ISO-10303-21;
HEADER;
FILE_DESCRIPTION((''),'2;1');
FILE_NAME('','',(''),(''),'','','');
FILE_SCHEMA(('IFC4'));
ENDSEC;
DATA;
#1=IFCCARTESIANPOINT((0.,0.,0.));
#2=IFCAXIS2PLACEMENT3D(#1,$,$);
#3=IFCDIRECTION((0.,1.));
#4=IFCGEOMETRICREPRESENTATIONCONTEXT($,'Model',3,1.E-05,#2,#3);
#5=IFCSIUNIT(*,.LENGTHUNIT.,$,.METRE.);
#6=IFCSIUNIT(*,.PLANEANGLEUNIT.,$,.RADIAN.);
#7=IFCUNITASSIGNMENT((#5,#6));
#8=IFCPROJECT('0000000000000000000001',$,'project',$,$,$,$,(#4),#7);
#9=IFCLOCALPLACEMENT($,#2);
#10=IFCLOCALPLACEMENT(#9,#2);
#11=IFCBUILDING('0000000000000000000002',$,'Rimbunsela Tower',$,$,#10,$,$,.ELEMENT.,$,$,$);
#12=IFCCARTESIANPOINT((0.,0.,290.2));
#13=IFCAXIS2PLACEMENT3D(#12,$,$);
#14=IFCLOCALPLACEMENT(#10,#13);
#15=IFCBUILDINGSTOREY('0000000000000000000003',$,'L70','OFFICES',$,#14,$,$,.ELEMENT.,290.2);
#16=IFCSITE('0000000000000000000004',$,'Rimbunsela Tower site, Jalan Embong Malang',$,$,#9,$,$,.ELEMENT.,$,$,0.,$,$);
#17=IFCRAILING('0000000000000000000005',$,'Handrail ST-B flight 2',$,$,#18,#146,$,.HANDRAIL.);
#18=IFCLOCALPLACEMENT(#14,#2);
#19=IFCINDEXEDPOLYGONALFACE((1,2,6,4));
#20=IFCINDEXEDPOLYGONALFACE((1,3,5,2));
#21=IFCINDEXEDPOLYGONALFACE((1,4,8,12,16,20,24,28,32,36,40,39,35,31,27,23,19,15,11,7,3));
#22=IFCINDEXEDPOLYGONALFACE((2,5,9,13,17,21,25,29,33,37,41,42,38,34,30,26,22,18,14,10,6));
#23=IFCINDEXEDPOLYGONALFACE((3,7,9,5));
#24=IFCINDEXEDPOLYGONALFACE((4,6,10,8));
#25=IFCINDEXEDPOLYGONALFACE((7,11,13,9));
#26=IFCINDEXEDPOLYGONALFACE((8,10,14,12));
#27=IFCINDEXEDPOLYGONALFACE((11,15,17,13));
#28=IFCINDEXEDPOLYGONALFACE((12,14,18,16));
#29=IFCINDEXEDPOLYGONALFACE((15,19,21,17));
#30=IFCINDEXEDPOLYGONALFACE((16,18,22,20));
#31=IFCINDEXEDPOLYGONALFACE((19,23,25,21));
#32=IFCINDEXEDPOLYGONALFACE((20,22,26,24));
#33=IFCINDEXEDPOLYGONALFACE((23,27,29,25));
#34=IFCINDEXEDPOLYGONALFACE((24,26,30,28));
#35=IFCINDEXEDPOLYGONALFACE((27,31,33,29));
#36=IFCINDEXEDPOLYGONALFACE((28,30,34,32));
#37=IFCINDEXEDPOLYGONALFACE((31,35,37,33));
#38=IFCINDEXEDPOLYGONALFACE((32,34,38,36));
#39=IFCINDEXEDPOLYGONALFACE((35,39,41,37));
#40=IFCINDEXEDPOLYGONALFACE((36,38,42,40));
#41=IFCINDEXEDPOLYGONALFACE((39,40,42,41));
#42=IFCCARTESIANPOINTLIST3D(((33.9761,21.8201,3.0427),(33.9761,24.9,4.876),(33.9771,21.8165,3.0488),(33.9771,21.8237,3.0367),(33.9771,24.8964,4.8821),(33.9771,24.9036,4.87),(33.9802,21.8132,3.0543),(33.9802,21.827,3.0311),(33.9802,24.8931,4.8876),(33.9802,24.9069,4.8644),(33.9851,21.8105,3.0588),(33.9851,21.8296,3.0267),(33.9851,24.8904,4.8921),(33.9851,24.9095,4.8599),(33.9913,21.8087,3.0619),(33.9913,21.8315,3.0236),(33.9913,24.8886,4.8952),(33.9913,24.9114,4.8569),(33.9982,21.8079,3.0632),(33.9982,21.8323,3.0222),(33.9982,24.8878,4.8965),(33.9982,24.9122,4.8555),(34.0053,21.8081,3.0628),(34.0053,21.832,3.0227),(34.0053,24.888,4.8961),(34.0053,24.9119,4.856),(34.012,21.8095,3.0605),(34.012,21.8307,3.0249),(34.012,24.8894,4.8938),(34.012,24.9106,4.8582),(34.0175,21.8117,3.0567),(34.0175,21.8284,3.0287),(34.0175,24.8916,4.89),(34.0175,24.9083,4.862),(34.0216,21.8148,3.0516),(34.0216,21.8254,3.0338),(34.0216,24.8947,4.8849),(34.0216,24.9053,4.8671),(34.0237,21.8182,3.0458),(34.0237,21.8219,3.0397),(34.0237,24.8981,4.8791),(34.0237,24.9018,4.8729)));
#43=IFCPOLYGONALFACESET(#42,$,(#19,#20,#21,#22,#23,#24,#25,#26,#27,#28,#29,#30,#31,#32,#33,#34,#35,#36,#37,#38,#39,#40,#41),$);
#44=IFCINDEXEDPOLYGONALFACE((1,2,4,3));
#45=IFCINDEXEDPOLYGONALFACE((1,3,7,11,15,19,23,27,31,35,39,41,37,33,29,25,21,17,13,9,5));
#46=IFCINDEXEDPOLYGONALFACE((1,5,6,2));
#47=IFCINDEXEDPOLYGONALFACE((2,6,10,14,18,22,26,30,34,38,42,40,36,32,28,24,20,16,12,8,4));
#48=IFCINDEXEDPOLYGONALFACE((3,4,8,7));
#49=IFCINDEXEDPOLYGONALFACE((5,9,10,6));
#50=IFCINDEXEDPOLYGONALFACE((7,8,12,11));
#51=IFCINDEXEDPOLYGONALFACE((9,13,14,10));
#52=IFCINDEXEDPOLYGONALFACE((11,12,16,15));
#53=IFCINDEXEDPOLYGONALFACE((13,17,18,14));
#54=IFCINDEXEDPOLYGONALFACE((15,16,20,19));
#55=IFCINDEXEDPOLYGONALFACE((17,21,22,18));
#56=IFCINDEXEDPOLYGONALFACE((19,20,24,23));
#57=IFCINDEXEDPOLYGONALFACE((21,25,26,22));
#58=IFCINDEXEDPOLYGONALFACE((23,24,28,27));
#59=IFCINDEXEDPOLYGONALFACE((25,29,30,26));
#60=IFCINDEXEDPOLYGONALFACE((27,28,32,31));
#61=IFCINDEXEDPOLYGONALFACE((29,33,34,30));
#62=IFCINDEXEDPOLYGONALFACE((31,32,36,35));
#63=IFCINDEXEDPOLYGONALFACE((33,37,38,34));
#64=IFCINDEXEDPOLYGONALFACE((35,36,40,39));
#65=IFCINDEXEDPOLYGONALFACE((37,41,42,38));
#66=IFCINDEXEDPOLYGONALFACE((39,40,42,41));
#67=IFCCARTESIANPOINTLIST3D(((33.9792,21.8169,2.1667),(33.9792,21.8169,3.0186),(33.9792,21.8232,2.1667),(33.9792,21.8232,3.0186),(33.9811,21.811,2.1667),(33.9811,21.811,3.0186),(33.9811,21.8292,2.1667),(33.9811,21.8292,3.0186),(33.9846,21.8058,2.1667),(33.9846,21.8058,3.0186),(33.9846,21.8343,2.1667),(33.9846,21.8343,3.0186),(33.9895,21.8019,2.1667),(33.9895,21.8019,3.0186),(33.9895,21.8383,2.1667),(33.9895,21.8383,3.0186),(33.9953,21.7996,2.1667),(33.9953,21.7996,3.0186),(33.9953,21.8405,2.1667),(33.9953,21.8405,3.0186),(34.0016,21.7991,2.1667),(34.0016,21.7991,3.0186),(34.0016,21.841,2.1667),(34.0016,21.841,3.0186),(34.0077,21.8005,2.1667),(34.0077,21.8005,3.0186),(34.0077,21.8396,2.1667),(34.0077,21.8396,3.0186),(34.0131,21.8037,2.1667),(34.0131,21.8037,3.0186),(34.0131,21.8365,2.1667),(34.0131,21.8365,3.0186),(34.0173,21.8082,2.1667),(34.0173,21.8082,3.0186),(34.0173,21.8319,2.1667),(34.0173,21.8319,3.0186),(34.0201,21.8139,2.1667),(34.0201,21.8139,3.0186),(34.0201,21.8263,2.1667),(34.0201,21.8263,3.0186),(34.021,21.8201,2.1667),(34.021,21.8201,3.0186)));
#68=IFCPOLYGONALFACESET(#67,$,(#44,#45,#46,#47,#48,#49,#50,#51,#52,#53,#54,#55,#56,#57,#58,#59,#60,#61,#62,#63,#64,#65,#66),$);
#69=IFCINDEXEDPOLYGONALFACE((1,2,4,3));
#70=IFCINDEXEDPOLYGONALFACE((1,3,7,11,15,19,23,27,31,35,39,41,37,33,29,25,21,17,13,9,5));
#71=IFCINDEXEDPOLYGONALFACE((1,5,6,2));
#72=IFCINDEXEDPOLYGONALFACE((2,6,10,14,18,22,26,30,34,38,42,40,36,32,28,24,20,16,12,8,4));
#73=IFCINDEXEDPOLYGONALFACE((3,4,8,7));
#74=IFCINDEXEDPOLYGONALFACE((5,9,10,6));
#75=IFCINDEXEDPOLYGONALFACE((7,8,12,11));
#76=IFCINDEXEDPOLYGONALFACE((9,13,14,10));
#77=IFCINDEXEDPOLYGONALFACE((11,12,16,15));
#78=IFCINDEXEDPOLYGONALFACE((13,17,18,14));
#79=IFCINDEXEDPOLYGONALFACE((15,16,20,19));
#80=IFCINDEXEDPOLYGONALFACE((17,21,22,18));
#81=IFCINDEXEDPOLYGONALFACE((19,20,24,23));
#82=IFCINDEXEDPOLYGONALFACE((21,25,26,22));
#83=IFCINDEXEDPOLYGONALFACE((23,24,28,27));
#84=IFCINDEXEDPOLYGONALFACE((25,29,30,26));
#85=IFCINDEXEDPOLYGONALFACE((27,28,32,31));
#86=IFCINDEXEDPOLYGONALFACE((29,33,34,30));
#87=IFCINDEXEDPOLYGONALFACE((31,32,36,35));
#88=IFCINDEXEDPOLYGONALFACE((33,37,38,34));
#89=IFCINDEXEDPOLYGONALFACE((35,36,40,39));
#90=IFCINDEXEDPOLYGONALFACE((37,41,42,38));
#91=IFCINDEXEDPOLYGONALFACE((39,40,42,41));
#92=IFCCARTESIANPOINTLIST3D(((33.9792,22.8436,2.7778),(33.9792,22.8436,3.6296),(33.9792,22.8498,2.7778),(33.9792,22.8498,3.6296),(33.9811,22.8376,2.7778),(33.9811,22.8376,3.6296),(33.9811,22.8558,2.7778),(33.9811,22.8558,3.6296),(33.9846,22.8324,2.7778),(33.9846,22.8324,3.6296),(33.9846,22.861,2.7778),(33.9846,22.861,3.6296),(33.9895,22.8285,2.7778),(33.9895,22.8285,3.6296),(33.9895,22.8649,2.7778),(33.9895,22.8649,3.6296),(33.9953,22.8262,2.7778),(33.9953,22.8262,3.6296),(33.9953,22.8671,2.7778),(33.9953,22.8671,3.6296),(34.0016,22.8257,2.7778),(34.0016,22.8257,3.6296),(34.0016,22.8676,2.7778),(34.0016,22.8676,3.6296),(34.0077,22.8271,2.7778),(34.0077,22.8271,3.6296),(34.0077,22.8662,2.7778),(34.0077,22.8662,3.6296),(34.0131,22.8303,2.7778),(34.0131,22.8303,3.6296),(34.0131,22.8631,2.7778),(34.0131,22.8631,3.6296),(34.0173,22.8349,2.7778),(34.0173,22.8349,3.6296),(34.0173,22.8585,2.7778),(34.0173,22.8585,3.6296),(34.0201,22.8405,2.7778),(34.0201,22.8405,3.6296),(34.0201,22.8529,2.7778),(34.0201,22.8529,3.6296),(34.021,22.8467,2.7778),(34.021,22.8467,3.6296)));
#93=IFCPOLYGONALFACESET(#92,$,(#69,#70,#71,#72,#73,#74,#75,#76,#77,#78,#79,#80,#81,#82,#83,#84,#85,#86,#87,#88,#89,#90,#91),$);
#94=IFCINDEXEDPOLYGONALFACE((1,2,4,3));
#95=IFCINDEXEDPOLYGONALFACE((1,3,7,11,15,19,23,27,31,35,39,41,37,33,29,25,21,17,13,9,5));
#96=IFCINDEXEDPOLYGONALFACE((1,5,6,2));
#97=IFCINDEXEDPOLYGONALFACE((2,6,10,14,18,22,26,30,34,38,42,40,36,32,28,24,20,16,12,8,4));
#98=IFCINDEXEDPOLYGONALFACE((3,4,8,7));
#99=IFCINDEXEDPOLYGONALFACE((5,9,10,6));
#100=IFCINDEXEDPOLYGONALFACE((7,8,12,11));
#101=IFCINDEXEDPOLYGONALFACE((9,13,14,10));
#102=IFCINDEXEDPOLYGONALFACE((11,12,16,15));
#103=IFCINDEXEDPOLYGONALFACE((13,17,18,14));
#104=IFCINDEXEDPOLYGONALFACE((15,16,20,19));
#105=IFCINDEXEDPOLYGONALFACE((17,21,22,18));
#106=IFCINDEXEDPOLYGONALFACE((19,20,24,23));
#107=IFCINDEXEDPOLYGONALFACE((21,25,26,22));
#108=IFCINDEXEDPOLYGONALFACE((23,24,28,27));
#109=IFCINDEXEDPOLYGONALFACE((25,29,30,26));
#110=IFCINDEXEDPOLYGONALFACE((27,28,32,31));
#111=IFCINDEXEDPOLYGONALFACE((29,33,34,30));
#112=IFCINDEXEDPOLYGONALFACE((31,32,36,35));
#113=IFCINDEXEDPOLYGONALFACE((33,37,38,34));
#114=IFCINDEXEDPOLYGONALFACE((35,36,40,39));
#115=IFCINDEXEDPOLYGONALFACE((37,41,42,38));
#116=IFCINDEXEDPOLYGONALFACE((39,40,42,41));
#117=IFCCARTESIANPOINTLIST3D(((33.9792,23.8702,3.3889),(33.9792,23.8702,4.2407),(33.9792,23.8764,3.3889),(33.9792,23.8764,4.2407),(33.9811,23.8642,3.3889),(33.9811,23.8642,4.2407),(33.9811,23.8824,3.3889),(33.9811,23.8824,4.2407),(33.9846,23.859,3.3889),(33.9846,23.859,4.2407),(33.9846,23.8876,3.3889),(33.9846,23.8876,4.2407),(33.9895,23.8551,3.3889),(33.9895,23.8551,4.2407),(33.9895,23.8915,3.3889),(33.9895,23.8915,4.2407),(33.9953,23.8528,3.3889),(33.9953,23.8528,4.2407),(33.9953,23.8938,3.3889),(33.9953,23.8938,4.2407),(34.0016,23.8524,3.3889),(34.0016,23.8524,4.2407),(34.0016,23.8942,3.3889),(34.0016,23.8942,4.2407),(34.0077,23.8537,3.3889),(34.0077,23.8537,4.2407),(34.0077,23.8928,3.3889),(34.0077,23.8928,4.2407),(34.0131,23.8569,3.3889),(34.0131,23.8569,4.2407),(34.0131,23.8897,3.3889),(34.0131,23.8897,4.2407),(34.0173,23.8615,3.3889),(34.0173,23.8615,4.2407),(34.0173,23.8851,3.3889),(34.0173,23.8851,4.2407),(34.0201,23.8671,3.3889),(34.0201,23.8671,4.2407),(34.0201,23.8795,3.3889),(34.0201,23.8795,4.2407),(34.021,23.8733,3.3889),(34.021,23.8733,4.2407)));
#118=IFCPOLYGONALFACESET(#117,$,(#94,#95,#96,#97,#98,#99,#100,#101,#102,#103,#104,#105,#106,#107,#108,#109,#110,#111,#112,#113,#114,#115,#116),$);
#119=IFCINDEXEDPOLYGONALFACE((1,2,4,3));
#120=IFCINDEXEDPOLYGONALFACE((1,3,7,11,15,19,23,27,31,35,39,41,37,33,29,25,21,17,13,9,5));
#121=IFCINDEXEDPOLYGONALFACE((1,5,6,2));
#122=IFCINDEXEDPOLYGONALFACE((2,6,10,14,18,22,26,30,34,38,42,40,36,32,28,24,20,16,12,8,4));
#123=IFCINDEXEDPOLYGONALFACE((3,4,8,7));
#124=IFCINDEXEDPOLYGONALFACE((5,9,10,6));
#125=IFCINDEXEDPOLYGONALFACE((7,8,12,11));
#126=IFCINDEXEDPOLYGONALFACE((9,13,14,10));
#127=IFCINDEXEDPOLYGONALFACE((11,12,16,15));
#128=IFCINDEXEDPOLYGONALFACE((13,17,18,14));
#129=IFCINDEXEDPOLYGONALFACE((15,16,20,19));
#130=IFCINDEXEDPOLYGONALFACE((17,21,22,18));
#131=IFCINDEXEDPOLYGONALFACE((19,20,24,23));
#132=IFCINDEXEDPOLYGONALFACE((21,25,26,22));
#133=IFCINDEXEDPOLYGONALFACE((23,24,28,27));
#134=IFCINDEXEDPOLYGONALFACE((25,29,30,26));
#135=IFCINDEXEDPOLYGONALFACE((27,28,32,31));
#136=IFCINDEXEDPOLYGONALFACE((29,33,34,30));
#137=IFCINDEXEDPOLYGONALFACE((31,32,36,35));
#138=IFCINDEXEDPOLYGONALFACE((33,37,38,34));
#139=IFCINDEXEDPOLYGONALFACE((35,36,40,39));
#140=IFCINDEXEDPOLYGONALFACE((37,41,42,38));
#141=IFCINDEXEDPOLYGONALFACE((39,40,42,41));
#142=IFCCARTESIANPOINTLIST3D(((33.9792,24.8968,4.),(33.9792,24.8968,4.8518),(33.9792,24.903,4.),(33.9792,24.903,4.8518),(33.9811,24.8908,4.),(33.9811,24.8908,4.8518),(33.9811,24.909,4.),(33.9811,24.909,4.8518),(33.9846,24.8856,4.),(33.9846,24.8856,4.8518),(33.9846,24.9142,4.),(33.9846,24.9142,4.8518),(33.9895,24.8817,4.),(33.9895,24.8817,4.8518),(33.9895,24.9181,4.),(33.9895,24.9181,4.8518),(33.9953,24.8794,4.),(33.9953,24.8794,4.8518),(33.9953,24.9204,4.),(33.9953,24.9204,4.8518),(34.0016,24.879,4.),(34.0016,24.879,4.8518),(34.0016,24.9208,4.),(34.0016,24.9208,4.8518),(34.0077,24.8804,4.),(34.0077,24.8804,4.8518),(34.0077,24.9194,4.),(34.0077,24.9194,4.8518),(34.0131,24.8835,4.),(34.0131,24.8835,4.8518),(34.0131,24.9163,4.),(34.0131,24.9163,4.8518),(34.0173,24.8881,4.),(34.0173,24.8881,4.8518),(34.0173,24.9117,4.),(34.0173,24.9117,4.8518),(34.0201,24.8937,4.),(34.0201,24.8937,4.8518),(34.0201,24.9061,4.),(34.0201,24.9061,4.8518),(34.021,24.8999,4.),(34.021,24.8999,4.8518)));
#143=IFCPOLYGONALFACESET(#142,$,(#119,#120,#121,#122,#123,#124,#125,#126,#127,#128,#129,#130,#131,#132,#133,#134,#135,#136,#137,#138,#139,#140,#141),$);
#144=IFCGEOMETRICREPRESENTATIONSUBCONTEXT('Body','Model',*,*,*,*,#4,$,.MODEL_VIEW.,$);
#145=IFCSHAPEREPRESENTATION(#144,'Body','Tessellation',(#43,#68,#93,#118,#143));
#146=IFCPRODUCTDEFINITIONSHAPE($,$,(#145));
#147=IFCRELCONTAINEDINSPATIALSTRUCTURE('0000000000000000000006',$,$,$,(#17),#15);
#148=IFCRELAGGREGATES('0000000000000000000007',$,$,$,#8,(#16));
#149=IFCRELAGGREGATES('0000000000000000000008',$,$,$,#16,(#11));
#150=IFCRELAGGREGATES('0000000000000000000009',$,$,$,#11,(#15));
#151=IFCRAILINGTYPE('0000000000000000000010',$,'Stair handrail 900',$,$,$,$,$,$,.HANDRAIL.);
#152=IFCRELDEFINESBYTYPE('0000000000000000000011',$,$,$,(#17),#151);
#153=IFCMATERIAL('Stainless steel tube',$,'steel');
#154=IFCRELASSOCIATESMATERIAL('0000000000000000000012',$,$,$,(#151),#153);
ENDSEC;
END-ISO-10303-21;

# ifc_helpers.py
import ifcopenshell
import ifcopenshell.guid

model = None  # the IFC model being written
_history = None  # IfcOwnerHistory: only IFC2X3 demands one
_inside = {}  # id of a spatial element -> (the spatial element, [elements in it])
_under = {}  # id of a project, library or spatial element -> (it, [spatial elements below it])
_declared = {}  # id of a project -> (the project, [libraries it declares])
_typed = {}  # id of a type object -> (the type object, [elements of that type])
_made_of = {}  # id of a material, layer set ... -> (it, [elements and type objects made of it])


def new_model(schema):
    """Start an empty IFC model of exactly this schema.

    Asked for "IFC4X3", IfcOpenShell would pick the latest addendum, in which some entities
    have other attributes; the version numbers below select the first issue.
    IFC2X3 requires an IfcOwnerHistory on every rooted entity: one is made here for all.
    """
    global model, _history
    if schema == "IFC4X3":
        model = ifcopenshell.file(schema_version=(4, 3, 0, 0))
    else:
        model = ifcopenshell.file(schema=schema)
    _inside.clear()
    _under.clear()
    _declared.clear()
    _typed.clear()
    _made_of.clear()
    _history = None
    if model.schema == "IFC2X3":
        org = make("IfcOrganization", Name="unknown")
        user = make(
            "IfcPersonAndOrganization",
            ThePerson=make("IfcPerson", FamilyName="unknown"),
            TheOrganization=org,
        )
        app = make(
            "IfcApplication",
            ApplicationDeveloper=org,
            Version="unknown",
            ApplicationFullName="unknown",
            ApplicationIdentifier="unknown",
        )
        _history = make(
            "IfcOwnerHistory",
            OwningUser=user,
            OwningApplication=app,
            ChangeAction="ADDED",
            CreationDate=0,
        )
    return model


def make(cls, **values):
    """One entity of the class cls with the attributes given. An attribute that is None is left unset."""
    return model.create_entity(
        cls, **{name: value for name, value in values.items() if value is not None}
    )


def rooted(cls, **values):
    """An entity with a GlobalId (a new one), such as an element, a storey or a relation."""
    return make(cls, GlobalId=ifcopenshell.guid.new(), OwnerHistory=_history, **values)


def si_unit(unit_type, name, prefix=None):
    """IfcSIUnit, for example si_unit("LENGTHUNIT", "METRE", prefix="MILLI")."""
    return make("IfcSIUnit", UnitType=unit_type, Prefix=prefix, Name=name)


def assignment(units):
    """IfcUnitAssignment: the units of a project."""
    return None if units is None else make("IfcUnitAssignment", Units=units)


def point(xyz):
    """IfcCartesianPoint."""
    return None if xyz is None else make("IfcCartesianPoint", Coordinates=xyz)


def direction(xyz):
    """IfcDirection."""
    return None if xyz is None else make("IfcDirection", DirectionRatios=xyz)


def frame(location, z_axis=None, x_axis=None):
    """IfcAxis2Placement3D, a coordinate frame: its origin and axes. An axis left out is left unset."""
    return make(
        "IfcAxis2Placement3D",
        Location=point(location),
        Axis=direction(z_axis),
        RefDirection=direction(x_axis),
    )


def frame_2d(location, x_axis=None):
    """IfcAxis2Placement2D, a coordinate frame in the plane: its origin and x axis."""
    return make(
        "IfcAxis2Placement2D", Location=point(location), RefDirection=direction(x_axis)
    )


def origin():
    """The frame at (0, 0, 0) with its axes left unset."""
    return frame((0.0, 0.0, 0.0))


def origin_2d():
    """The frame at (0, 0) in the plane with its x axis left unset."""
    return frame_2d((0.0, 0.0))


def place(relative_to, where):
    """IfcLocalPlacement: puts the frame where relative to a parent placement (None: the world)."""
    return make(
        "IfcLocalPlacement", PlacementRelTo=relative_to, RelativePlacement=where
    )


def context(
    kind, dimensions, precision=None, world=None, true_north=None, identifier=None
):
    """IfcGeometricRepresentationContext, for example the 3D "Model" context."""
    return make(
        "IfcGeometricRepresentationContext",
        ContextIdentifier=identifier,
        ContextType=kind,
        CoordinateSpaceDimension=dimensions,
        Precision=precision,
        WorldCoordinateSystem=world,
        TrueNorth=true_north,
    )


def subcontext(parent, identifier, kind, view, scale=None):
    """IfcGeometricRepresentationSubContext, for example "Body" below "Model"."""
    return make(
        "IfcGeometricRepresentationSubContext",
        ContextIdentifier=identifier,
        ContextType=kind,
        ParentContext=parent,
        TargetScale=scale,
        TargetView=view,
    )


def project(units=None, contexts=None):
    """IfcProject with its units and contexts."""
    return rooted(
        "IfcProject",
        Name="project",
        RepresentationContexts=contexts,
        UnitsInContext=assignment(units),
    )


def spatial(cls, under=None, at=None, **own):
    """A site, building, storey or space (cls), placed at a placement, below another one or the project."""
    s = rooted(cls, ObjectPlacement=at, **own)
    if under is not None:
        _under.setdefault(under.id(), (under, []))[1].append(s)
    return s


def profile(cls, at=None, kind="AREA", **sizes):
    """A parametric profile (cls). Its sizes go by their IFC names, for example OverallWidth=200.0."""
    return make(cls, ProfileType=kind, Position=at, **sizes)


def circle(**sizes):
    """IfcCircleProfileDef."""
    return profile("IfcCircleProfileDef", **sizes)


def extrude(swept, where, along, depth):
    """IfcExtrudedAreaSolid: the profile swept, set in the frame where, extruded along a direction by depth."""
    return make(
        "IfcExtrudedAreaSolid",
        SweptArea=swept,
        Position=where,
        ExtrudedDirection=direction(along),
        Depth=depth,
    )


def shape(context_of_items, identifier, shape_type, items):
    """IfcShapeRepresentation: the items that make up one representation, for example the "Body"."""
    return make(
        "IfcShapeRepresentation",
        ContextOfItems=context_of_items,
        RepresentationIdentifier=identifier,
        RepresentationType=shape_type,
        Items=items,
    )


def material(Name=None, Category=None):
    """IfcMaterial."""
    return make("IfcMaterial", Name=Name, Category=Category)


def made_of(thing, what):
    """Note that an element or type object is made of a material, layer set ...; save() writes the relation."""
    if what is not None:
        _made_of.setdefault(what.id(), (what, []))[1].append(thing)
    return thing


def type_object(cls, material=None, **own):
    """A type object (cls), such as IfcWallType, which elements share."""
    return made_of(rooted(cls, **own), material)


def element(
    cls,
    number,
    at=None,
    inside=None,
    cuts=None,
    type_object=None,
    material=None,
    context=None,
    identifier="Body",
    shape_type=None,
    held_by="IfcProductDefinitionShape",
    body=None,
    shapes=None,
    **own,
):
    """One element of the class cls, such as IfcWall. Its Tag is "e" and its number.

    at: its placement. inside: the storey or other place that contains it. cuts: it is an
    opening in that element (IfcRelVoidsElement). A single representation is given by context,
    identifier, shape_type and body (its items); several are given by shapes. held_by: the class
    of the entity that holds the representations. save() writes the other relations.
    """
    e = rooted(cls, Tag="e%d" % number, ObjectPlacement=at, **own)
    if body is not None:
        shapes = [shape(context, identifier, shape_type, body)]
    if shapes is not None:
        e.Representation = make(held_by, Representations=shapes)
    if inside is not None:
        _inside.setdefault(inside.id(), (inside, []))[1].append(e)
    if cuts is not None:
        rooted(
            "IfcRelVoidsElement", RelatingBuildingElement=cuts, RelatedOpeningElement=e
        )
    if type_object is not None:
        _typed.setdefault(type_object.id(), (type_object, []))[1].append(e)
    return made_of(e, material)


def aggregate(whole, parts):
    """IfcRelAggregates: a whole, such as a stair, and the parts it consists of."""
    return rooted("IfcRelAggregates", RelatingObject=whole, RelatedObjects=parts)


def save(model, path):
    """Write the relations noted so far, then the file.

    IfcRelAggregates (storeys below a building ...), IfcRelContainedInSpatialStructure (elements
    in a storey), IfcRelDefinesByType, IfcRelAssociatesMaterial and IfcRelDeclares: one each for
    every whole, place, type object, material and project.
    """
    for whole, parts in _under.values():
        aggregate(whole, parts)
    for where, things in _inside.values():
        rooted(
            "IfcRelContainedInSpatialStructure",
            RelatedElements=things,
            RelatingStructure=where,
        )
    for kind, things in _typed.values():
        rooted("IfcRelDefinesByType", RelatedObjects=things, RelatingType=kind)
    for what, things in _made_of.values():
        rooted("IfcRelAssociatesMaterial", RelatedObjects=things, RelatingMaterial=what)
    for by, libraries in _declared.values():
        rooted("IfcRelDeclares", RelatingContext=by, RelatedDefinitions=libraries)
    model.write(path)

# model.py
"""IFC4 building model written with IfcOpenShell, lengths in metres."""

from ifc_helpers import new_model, si_unit, direction, frame, origin, origin_2d, place, context, subcontext, project, spatial, circle, extrude, material, type_object, element, save


model = new_model("IFC4")

# Units and contexts
model_context = context("Model", 3, precision=1e-05, world=origin(), true_north=direction((0.0, 1.0)))
body_context = subcontext(model_context, "Body", "Model", "MODEL_VIEW")
ifc_project = project(units=[si_unit("LENGTHUNIT", "METRE"), si_unit("PLANEANGLEUNIT", "RADIAN")], contexts=[model_context])

# Site, building, storey
site_placement = place(None, origin())
site = spatial("IfcSite", under=ifc_project, at=site_placement, Name="Rimbunsela Tower site, Jalan Embong Malang", CompositionType="ELEMENT", RefElevation=0.0)
building_placement = place(site_placement, origin())
building = spatial("IfcBuilding", under=site, at=building_placement, Name="Rimbunsela Tower", CompositionType="ELEMENT")
storey_placement = place(building_placement, frame((0.0, 0.0, 290.2)))
storey = spatial("IfcBuildingStorey", under=building, at=storey_placement, Name="L70", Description="OFFICES", CompositionType="ELEMENT", Elevation=290.2)

# Railing
ifc_material_1 = material(Name="Stainless steel tube", Category="steel")
railing_type = type_object("IfcRailingType", Name="Stair handrail 900", PredefinedType="HANDRAIL", material=ifc_material_1)
for number, where, name in (
    (1, (34.0, 21.8201, 2.1667), "Handrail ST-B flight 2"),
):
    element("IfcRailing", number, at=place(storey_placement, frame(where)), inside=storey, type_object=railing_type, Name=name, PredefinedType="HANDRAIL", context=body_context, shape_type="SweptSolid", body=[
        extrude(circle(Radius=0.0239, at=origin_2d()), frame((0.0, 0.0, 0.876), z_axis=(0.0, 0.859291, 0.511487), x_axis=(-1.0, 0.0, 0.0)), (0.0, 0.0, 1.0), 3.5842),
        extrude(circle(Radius=0.021, at=origin_2d()), origin(), (0.0, 0.0, 1.0), 0.8518),
        extrude(circle(Radius=0.021, at=origin_2d()), frame((0.0, 1.0266, 0.6111)), (0.0, 0.0, 1.0), 0.8518),
        extrude(circle(Radius=0.021, at=origin_2d()), frame((0.0, 2.0532, 1.2222)), (0.0, 0.0, 1.0), 0.8518),
        extrude(circle(Radius=0.021, at=origin_2d()), frame((0.0, 3.0798, 1.8333)), (0.0, 0.0, 1.0), 0.8518),
    ])

save(model, "model.ifc")
